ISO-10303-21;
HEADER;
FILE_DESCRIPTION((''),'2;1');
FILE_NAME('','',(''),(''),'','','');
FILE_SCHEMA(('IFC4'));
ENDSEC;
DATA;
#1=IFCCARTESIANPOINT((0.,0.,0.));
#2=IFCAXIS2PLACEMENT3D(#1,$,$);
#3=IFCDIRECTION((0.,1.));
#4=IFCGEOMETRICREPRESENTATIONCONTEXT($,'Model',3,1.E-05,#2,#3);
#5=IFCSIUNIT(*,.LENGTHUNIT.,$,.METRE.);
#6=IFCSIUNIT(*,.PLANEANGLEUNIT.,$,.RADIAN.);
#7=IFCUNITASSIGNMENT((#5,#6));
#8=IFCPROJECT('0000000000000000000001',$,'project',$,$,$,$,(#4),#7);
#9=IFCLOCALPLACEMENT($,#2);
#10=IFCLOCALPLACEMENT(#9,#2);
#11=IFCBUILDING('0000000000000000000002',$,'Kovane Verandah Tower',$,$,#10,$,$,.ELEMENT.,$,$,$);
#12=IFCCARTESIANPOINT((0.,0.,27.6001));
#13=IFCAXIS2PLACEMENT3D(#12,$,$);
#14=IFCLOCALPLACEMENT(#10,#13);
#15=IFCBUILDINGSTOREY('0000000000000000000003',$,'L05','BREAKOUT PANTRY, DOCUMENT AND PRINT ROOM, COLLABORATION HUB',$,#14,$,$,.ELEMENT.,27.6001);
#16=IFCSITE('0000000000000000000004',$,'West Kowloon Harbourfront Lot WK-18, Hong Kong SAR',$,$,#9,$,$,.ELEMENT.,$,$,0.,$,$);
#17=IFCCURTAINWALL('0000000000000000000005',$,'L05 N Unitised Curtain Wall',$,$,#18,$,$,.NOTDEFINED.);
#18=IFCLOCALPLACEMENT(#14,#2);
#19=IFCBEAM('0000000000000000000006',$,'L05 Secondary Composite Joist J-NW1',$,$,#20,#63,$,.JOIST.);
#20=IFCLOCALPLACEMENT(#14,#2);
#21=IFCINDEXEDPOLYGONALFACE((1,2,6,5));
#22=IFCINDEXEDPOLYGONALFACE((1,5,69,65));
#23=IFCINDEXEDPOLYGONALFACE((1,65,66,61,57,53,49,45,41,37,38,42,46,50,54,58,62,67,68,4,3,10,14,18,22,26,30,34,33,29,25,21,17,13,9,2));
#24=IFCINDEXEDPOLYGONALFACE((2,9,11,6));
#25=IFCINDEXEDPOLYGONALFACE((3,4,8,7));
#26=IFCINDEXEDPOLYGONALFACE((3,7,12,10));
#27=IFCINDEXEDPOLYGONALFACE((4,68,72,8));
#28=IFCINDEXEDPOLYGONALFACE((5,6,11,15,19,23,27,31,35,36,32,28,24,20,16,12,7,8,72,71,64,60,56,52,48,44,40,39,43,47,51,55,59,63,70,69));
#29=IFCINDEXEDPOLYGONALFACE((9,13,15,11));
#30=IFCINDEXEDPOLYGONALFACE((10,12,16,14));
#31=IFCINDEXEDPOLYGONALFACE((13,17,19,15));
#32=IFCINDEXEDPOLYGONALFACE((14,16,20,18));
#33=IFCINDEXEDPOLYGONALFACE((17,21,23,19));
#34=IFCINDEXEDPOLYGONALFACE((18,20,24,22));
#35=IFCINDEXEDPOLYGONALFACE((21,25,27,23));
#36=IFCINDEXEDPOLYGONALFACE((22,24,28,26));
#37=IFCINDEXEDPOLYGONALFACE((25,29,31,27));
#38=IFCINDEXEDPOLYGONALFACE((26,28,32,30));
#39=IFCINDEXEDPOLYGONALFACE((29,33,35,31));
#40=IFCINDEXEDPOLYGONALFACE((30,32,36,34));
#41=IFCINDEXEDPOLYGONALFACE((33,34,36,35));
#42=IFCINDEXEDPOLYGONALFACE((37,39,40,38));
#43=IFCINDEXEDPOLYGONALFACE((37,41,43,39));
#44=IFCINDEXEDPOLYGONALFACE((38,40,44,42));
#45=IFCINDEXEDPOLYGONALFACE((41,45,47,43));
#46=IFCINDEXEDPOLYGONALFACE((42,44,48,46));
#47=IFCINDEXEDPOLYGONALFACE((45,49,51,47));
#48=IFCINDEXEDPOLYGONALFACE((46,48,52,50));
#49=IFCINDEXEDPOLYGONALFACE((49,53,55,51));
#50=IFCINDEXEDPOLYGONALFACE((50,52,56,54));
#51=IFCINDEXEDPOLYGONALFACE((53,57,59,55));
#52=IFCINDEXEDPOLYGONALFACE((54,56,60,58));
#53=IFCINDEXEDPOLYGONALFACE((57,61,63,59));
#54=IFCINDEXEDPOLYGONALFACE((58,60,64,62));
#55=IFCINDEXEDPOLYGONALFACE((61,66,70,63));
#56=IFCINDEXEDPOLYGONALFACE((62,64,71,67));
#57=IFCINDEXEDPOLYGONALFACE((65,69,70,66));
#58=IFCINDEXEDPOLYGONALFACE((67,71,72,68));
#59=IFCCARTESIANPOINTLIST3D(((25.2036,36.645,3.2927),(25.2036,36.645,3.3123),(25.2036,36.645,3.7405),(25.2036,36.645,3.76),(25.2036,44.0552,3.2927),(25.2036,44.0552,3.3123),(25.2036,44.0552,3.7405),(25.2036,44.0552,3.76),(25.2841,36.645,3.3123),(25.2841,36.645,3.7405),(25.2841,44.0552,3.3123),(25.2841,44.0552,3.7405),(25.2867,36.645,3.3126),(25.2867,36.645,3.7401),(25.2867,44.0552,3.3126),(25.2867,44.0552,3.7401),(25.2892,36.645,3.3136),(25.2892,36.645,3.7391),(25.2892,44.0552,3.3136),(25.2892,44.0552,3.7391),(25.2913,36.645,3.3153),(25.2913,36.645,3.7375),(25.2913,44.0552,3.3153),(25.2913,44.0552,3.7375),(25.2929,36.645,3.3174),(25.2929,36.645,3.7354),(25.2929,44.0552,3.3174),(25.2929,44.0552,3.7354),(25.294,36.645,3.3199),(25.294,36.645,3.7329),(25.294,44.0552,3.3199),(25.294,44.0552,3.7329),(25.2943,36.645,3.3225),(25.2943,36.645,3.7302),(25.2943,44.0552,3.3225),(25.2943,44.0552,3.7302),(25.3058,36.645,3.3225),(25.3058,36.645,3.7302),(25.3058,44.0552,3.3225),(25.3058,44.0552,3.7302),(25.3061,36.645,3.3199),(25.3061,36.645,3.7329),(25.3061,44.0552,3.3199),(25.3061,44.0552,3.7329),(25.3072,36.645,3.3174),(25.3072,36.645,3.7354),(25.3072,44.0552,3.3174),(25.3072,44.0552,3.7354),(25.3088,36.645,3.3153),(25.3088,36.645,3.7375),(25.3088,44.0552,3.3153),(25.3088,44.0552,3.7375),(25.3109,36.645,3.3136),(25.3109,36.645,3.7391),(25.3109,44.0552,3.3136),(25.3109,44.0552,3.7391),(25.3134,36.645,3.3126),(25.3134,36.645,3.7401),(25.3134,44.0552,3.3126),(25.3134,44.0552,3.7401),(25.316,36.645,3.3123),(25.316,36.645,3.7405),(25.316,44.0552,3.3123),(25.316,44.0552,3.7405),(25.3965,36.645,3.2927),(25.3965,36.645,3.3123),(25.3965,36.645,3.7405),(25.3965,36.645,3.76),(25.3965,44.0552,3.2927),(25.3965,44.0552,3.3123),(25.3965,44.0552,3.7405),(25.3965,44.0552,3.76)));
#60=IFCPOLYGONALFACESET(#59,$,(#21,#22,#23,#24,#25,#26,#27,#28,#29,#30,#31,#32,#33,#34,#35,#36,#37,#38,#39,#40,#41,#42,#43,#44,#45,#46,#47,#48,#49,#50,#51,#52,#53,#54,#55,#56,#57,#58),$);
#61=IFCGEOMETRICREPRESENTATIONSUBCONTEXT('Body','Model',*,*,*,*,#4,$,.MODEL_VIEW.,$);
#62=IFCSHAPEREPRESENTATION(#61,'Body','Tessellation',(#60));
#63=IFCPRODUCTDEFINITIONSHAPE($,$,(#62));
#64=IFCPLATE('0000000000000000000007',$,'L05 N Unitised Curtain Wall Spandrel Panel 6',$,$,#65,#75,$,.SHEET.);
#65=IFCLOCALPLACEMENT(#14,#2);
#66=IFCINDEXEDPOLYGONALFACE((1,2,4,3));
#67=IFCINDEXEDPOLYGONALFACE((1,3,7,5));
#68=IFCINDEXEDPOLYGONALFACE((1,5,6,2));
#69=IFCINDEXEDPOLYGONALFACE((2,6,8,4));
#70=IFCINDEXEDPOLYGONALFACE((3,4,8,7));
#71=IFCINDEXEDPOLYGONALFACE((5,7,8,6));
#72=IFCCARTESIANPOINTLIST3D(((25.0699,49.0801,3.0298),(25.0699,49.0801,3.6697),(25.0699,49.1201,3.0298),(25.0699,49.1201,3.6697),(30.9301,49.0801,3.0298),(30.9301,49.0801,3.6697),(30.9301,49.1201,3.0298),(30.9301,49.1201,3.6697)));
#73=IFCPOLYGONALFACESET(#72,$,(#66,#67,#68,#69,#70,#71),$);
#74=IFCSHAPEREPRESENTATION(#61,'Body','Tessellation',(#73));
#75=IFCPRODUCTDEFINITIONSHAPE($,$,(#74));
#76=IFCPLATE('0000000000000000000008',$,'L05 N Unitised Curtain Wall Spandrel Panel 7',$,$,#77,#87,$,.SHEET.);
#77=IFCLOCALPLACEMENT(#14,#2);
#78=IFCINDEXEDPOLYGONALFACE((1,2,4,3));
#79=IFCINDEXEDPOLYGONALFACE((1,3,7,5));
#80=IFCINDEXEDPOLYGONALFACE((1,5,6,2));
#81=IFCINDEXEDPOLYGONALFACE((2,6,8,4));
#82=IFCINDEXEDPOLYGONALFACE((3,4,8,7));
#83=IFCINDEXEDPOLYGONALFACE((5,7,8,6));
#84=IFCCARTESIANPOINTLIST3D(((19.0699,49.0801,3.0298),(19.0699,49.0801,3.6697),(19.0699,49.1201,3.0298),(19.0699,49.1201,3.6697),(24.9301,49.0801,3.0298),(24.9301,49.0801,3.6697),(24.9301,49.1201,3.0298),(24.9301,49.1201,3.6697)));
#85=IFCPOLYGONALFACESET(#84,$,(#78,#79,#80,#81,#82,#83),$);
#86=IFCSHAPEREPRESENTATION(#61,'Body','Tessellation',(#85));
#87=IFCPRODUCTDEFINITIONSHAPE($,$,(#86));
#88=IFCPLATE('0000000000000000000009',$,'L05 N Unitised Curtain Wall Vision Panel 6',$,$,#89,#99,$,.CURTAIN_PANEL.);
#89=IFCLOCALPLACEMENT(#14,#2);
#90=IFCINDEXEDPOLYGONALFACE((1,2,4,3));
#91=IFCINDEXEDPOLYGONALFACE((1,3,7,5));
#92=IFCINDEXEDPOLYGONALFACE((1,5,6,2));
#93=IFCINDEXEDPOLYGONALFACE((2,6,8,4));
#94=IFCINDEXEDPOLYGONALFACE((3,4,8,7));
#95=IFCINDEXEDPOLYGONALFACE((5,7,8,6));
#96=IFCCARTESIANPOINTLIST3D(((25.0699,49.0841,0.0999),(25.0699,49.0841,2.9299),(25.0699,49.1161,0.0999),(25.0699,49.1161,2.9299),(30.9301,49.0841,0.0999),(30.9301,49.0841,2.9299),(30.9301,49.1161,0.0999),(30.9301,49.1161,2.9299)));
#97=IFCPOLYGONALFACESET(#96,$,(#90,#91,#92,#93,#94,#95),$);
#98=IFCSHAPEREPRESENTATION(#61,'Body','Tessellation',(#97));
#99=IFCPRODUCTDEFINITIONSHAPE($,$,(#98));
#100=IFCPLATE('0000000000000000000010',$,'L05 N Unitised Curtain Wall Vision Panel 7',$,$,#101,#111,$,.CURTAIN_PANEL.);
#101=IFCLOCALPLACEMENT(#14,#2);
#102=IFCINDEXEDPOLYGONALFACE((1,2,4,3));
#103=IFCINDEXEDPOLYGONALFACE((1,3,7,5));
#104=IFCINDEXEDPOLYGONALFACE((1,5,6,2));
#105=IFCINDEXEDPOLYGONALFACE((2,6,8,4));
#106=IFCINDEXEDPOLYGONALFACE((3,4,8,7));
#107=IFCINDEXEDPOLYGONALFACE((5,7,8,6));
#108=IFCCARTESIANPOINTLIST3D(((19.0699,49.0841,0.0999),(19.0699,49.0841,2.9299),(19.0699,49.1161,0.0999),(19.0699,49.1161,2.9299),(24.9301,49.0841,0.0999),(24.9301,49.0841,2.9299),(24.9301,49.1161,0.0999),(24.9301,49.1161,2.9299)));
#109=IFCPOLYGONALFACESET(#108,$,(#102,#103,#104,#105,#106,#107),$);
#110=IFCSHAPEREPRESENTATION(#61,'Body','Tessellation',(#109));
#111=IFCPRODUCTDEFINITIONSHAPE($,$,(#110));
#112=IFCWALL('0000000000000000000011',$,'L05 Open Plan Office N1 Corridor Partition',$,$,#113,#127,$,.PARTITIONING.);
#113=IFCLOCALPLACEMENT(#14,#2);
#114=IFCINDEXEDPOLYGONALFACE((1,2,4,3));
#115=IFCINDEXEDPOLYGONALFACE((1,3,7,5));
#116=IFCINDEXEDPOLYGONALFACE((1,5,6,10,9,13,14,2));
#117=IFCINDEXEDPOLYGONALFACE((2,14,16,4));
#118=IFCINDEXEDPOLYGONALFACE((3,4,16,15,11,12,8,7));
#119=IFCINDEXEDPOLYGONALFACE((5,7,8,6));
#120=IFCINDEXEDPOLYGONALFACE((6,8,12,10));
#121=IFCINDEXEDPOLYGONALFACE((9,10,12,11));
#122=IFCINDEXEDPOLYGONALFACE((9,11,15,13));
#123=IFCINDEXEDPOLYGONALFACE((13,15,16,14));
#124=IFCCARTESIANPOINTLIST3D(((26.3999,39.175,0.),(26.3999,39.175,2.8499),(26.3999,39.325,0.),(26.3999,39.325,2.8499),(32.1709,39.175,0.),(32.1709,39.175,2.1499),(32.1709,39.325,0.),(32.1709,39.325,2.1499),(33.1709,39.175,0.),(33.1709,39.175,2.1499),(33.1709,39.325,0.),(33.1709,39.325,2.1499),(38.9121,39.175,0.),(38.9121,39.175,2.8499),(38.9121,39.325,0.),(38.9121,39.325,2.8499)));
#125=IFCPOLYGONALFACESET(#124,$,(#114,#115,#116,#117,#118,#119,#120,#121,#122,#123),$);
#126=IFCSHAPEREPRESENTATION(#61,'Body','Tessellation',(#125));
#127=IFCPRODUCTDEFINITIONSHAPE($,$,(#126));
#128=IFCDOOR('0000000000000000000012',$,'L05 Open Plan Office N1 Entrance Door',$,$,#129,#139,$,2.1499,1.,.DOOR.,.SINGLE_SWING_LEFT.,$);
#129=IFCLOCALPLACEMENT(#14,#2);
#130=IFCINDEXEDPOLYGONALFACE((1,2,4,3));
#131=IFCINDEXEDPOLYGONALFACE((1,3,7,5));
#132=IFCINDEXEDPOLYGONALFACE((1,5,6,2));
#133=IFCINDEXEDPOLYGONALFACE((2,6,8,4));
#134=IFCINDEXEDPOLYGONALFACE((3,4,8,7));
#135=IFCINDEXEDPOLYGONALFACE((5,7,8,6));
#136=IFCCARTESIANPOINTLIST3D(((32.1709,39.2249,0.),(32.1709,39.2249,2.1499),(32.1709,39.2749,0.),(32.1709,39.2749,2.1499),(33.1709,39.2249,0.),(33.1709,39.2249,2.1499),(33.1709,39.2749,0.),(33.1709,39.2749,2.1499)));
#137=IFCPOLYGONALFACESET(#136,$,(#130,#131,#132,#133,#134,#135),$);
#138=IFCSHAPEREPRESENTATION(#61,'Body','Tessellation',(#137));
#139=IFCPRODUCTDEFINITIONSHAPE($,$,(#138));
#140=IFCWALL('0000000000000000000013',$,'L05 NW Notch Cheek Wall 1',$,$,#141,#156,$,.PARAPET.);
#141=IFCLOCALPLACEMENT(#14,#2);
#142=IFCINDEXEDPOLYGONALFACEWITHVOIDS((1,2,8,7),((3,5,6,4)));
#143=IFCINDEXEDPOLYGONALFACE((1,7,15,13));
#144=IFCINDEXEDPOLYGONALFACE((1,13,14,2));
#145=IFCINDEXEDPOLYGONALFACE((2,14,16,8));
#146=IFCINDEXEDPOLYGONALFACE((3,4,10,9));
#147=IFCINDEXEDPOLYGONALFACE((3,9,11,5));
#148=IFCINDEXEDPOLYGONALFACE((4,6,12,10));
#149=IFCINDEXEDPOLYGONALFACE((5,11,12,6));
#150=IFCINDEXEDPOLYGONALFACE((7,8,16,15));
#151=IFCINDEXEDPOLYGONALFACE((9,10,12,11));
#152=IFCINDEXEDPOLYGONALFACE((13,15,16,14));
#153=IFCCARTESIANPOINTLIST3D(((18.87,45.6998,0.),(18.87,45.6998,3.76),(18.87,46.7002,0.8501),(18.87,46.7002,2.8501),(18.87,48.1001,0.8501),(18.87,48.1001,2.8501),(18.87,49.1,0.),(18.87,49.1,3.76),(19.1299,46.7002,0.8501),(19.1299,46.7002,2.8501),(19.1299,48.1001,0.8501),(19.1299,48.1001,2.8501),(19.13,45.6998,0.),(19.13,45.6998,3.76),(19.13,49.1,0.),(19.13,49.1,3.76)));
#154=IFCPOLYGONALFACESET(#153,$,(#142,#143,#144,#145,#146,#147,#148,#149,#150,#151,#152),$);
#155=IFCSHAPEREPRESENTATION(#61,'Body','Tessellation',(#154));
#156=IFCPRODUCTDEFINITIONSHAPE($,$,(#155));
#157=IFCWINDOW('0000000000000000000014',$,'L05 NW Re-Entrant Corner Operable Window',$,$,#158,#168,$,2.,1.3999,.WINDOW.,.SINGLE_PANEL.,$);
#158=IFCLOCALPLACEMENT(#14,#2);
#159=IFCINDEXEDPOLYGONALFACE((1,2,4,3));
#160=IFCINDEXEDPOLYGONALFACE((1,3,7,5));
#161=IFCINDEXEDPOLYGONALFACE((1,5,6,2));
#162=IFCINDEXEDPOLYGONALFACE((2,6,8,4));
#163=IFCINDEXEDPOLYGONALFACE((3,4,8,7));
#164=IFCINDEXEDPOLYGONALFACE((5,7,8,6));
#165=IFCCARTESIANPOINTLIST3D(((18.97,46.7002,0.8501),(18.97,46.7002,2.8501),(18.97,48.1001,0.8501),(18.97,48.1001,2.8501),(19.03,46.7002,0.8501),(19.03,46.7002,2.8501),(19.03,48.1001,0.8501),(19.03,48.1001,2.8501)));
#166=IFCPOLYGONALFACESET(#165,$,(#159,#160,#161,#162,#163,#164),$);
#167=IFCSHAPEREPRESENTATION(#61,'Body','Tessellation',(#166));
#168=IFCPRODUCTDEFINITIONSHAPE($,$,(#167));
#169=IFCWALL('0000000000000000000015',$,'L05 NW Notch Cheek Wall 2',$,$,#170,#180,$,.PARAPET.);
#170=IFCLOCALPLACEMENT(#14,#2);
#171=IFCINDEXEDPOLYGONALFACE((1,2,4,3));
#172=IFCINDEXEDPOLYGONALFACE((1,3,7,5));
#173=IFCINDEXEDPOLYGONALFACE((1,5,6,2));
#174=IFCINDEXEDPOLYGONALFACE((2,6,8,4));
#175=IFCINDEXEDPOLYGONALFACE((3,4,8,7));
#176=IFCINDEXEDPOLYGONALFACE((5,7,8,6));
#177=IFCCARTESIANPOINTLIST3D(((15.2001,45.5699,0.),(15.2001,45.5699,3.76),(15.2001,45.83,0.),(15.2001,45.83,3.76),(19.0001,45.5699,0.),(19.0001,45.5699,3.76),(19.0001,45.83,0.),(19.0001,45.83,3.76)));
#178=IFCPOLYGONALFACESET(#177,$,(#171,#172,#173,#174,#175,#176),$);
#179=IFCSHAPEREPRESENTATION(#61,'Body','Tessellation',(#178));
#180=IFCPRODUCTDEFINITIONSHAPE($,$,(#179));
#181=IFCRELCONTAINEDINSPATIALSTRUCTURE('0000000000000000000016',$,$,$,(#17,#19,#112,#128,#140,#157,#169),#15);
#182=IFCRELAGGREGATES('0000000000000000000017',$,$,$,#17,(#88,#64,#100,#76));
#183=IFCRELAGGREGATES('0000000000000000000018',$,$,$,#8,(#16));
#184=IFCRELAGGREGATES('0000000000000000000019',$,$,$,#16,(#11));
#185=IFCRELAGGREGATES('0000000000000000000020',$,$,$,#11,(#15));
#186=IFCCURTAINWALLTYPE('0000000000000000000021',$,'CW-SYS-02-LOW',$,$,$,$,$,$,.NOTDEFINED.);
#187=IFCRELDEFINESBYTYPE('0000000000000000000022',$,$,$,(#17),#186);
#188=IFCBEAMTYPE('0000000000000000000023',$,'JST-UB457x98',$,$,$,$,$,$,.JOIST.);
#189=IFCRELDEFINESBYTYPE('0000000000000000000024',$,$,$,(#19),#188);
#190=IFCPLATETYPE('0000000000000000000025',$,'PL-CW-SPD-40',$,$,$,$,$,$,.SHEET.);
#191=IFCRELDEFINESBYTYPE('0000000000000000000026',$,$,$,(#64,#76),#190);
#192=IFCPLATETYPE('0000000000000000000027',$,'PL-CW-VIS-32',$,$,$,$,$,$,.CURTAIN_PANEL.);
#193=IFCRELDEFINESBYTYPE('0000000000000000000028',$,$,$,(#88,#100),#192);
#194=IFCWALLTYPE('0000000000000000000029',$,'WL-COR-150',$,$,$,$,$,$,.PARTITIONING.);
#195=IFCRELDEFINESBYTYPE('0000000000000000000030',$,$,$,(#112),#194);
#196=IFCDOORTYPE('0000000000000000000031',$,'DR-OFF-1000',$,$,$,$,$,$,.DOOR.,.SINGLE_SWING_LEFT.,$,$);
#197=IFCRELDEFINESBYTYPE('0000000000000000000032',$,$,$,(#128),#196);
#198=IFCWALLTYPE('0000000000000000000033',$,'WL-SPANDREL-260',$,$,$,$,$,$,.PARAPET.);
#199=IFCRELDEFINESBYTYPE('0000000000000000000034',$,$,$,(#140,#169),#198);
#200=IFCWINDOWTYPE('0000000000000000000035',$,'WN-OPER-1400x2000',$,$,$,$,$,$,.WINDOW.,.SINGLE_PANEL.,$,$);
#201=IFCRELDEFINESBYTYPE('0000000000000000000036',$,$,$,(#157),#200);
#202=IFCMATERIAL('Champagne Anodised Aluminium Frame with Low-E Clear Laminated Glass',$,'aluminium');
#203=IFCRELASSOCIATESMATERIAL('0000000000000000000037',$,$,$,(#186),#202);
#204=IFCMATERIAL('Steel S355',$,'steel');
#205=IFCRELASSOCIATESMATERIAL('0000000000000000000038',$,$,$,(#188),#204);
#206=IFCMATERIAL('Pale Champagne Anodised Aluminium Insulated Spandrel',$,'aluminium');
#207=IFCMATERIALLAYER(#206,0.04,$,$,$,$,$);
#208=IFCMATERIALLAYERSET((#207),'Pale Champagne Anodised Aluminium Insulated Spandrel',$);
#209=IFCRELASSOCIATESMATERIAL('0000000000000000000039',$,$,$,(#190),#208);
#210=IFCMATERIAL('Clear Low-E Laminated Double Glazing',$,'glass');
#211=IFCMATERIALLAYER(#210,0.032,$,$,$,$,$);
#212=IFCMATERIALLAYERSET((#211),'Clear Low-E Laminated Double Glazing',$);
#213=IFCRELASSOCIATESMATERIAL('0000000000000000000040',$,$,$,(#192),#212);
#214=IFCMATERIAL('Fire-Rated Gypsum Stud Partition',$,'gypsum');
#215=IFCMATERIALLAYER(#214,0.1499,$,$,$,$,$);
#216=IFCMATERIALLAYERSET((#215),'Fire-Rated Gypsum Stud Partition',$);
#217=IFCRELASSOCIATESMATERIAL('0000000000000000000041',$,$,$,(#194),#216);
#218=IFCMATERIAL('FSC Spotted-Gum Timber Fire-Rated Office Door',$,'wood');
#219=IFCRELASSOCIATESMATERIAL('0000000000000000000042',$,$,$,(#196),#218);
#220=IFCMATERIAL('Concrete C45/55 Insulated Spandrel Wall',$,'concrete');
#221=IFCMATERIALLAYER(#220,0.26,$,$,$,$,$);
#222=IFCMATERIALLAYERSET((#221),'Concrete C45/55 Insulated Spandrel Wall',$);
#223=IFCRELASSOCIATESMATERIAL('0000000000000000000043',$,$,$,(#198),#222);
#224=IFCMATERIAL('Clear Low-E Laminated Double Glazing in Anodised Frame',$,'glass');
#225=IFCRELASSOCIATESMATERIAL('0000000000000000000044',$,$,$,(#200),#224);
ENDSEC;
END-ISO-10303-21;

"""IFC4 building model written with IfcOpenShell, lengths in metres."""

from ifc_helpers import new_model, si_unit, direction, frame, frame_2d, origin, origin_2d, place, context, subcontext, project, spatial, rectangle, i_section, extrude, material, layer, layer_set, material_profile, profile_set, type_object, element, fill, aggregate, save


model = new_model("IFC4")

# Units and contexts
model_context = context("Model", 3, precision=1e-05, world=origin(), true_north=direction((0.0, 1.0)))
body_context = subcontext(model_context, "Body", "Model", "MODEL_VIEW")
ifc_project = project(units=[si_unit("LENGTHUNIT", "METRE"), si_unit("PLANEANGLEUNIT", "RADIAN")], contexts=[model_context])

# Site, building, storey
site_placement = place(None, origin())
site = spatial("IfcSite", under=ifc_project, at=site_placement, Name="West Kowloon Harbourfront Lot WK-18, Hong Kong SAR", CompositionType="ELEMENT", RefElevation=0.0)
building_placement = place(site_placement, origin())
building = spatial("IfcBuilding", under=site, at=building_placement, Name="Kovane Verandah Tower", CompositionType="ELEMENT")
storey_placement = place(building_placement, frame((0.0, 0.0, 27.6001)))
storey = spatial("IfcBuildingStorey", under=building, at=storey_placement, Name="L05", Description="BREAKOUT PANTRY, DOCUMENT AND PRINT ROOM, COLLABORATION HUB", CompositionType="ELEMENT", Elevation=27.6001)

# Shared definitions
ifc_material_1 = material(Name="Steel S355", Category="steel")

# Curtain wall
ifc_material_2 = material(Name="Champagne Anodised Aluminium Frame with Low-E Clear Laminated Glass", Category="aluminium")
curtain_wall_type = type_object("IfcCurtainWallType", Name="CW-SYS-02-LOW", PredefinedType="NOTDEFINED", material=ifc_material_2)
curtain_wall_placement = place(storey_placement, origin())
curtain_wall = element("IfcCurtainWall", 1, at=curtain_wall_placement, inside=storey, type_object=curtain_wall_type, Name="L05 N Unitised Curtain Wall", PredefinedType="NOTDEFINED")

# Beam
ifc_material_profile_1 = material_profile(ifc_material_1, i_section(OverallWidth=0.1929, OverallDepth=0.4673, WebThickness=0.0115, FlangeThickness=0.0195, FilletRadius=0.0103, at=origin_2d()), Name="UB457x191x98")
ifc_profile_set_1 = profile_set([ifc_material_profile_1], Name="Steel S355")
beam_type_1 = type_object("IfcBeamType", Name="JST-UB457x98", PredefinedType="JOIST", material=ifc_profile_set_1)
beam_1_placement = place(storey_placement, frame((25.3, 36.645, 3.5264), z_axis=(0.0, 1.0, 0.0), x_axis=(-1.0, 0.0, 0.0)))
element("IfcBeam", 2, at=beam_1_placement, inside=storey, type_object=beam_type_1, Name="L05 Secondary Composite Joist J-NW1", PredefinedType="JOIST", context=body_context, shape_type="SweptSolid", body=[
    extrude(i_section(OverallWidth=0.1929, OverallDepth=0.4673, WebThickness=0.0115, FlangeThickness=0.0195, FilletRadius=0.0103, at=origin_2d()), origin(), (0.0, 0.0, 1.0), 7.4102),
])

# Plates
ifc_material_3 = material(Name="Pale Champagne Anodised Aluminium Insulated Spandrel", Category="aluminium")
ifc_layer_1 = layer(ifc_material_3, 0.04)
ifc_layer_set_1 = layer_set([ifc_layer_1], Name="Pale Champagne Anodised Aluminium Insulated Spandrel")
plate_type_1 = type_object("IfcPlateType", Name="PL-CW-SPD-40", PredefinedType="SHEET", material=ifc_layer_set_1)
plate_1_placement = place(storey_placement, frame((28.0, 49.1001, 3.0298), z_axis=(0.0, 0.0, 1.0), x_axis=(-1.0, 0.0, 0.0)))
plate_1 = element("IfcPlate", 3, at=plate_1_placement, type_object=plate_type_1, Name="L05 N Unitised Curtain Wall Spandrel Panel 6", PredefinedType="SHEET", context=body_context, shape_type="SweptSolid", body=[
    extrude(rectangle(XDim=5.8601, YDim=0.04, at=origin_2d()), origin(), (0.0, 0.0, 1.0), 0.6399),
])
plate_2_placement = place(storey_placement, frame((22.0, 49.1001, 3.0298), z_axis=(0.0, 0.0, 1.0), x_axis=(-1.0, 0.0, 0.0)))
plate_2 = element("IfcPlate", 4, at=plate_2_placement, type_object=plate_type_1, Name="L05 N Unitised Curtain Wall Spandrel Panel 7", PredefinedType="SHEET", context=body_context, shape_type="SweptSolid", body=[
    extrude(rectangle(XDim=5.8601, YDim=0.04, at=origin_2d()), origin(), (0.0, 0.0, 1.0), 0.6399),
])
ifc_material_4 = material(Name="Clear Low-E Laminated Double Glazing", Category="glass")
ifc_layer_2 = layer(ifc_material_4, 0.032)
ifc_layer_set_2 = layer_set([ifc_layer_2], Name="Clear Low-E Laminated Double Glazing")
plate_type_2 = type_object("IfcPlateType", Name="PL-CW-VIS-32", PredefinedType="CURTAIN_PANEL", material=ifc_layer_set_2)
plate_3_placement = place(storey_placement, frame((28.0, 49.1001, 0.0999), z_axis=(0.0, 0.0, 1.0), x_axis=(-1.0, 0.0, 0.0)))
plate_3 = element("IfcPlate", 5, at=plate_3_placement, type_object=plate_type_2, Name="L05 N Unitised Curtain Wall Vision Panel 6", PredefinedType="CURTAIN_PANEL", context=body_context, shape_type="SweptSolid", body=[
    extrude(rectangle(XDim=5.8601, YDim=0.032, at=origin_2d()), origin(), (0.0, 0.0, 1.0), 2.8301),
])
plate_4_placement = place(storey_placement, frame((22.0, 49.1001, 0.0999), z_axis=(0.0, 0.0, 1.0), x_axis=(-1.0, 0.0, 0.0)))
plate_4 = element("IfcPlate", 6, at=plate_4_placement, type_object=plate_type_2, Name="L05 N Unitised Curtain Wall Vision Panel 7", PredefinedType="CURTAIN_PANEL", context=body_context, shape_type="SweptSolid", body=[
    extrude(rectangle(XDim=5.8601, YDim=0.032, at=origin_2d()), origin(), (0.0, 0.0, 1.0), 2.8301),
])
aggregate(curtain_wall, [plate_3, plate_1, plate_4, plate_2])

# Wall, opening, door
ifc_material_5 = material(Name="Fire-Rated Gypsum Stud Partition", Category="gypsum")
ifc_layer_3 = layer(ifc_material_5, 0.1499)
ifc_layer_set_3 = layer_set([ifc_layer_3], Name="Fire-Rated Gypsum Stud Partition")
wall_type_1 = type_object("IfcWallType", Name="WL-COR-150", PredefinedType="PARTITIONING", material=ifc_layer_set_3)
wall_1_placement = place(storey_placement, frame((26.3999, 39.25, 0.0), z_axis=(0.0, 0.0, 1.0), x_axis=(1.0, 0.0, 0.0)))
wall_1 = element("IfcWall", 7, at=wall_1_placement, inside=storey, type_object=wall_type_1, Name="L05 Open Plan Office N1 Corridor Partition", PredefinedType="PARTITIONING", context=body_context, shape_type="SweptSolid", body=[
    extrude(rectangle(XDim=12.5122, YDim=0.1499, at=frame_2d((6.2561, 0.0))), origin(), (0.0, 0.0, 1.0), 2.8499),
])
opening_1_placement = place(wall_1_placement, frame((5.771, 0.0, 0.0)))
opening_1 = element("IfcOpeningElement", 8, at=opening_1_placement, cuts=wall_1, PredefinedType="OPENING", context=body_context, shape_type="SweptSolid", body=[
    extrude(rectangle(XDim=1.0, YDim=2.1499, at=frame_2d((0.5, 1.075))), frame((0.0, 0.075, 0.0), z_axis=(0.0, -1.0, 0.0), x_axis=(1.0, 0.0, 0.0)), (0.0, 0.0, 1.0), 0.1499),
])
ifc_material_6 = material(Name="FSC Spotted-Gum Timber Fire-Rated Office Door", Category="wood")
door_type_1 = type_object("IfcDoorType", Name="DR-OFF-1000", OperationType="SINGLE_SWING_LEFT", PredefinedType="DOOR", material=ifc_material_6)
door_1_placement = place(opening_1_placement, origin())
door_1 = element("IfcDoor", 9, at=door_1_placement, inside=storey, type_object=door_type_1, Name="L05 Open Plan Office N1 Entrance Door", OperationType="SINGLE_SWING_LEFT", OverallHeight=2.1499, OverallWidth=1.0, PredefinedType="DOOR", context=body_context, shape_type="SweptSolid", body=[
    extrude(rectangle(XDim=1.0, YDim=2.1499, at=frame_2d((0.5, 1.075))), frame((0.0, 0.0249, 0.0), z_axis=(0.0, -1.0, 0.0), x_axis=(1.0, 0.0, 0.0)), (0.0, 0.0, 1.0), 0.05),
])
fill(opening_1, door_1)

# Shared definitions
ifc_material_7 = material(Name="Concrete C45/55 Insulated Spandrel Wall", Category="concrete")
ifc_layer_4 = layer(ifc_material_7, 0.26)
ifc_layer_set_4 = layer_set([ifc_layer_4], Name="Concrete C45/55 Insulated Spandrel Wall")
wall_type_2 = type_object("IfcWallType", Name="WL-SPANDREL-260", PredefinedType="PARAPET", material=ifc_layer_set_4)
ifc_material_8 = material(Name="Clear Low-E Laminated Double Glazing in Anodised Frame", Category="glass")

# Wall, opening, window
wall_2_placement = place(storey_placement, frame((19.0, 49.1001, 0.0), z_axis=(0.0, 0.0, 1.0), x_axis=(0.0, -1.0, 0.0)))
wall_2 = element("IfcWall", 10, at=wall_2_placement, inside=storey, type_object=wall_type_2, Name="L05 NW Notch Cheek Wall 1", PredefinedType="PARAPET", context=body_context, shape_type="SweptSolid", body=[
    extrude(rectangle(XDim=3.4001, YDim=0.26, at=frame_2d((1.7002, 0.0))), origin(), (0.0, 0.0, 1.0), 3.76),
])
opening_2_placement = place(wall_2_placement, frame((1.0, 0.0, 0.8501)))
opening_2 = element("IfcOpeningElement", 11, at=opening_2_placement, cuts=wall_2, PredefinedType="OPENING", context=body_context, shape_type="SweptSolid", body=[
    extrude(rectangle(XDim=1.3999, YDim=2.0, at=frame_2d((0.7, 1.0))), frame((0.0, 0.1299, 0.0), z_axis=(0.0, -1.0, 0.0), x_axis=(1.0, 0.0, 0.0)), (0.0, 0.0, 1.0), 0.26),
])
window_type_1 = type_object("IfcWindowType", Name="WN-OPER-1400x2000", PartitioningType="SINGLE_PANEL", PredefinedType="WINDOW", material=ifc_material_8)
window_1_placement = place(opening_2_placement, origin())
window_1 = element("IfcWindow", 12, at=window_1_placement, inside=storey, type_object=window_type_1, Name="L05 NW Re-Entrant Corner Operable Window", OverallHeight=2.0, OverallWidth=1.3999, PartitioningType="SINGLE_PANEL", PredefinedType="WINDOW", context=body_context, shape_type="SweptSolid", body=[
    extrude(rectangle(XDim=1.3999, YDim=2.0, at=frame_2d((0.7, 1.0))), frame((0.0, 0.03, 0.0), z_axis=(0.0, -1.0, 0.0), x_axis=(1.0, 0.0, 0.0)), (0.0, 0.0, 1.0), 0.0601),
])
fill(opening_2, window_1)

# Wall
wall_3_placement = place(storey_placement, frame((19.0, 45.7, 0.0), z_axis=(0.0, 0.0, 1.0), x_axis=(-1.0, 0.0, 0.0)))
element("IfcWall", 13, at=wall_3_placement, inside=storey, type_object=wall_type_2, Name="L05 NW Notch Cheek Wall 2", PredefinedType="PARAPET", context=body_context, shape_type="SweptSolid", body=[
    extrude(rectangle(XDim=3.8, YDim=0.26, at=frame_2d((1.8999, 0.0))), origin(), (0.0, 0.0, 1.0), 3.76),
])

save(model, "model.ifc")
